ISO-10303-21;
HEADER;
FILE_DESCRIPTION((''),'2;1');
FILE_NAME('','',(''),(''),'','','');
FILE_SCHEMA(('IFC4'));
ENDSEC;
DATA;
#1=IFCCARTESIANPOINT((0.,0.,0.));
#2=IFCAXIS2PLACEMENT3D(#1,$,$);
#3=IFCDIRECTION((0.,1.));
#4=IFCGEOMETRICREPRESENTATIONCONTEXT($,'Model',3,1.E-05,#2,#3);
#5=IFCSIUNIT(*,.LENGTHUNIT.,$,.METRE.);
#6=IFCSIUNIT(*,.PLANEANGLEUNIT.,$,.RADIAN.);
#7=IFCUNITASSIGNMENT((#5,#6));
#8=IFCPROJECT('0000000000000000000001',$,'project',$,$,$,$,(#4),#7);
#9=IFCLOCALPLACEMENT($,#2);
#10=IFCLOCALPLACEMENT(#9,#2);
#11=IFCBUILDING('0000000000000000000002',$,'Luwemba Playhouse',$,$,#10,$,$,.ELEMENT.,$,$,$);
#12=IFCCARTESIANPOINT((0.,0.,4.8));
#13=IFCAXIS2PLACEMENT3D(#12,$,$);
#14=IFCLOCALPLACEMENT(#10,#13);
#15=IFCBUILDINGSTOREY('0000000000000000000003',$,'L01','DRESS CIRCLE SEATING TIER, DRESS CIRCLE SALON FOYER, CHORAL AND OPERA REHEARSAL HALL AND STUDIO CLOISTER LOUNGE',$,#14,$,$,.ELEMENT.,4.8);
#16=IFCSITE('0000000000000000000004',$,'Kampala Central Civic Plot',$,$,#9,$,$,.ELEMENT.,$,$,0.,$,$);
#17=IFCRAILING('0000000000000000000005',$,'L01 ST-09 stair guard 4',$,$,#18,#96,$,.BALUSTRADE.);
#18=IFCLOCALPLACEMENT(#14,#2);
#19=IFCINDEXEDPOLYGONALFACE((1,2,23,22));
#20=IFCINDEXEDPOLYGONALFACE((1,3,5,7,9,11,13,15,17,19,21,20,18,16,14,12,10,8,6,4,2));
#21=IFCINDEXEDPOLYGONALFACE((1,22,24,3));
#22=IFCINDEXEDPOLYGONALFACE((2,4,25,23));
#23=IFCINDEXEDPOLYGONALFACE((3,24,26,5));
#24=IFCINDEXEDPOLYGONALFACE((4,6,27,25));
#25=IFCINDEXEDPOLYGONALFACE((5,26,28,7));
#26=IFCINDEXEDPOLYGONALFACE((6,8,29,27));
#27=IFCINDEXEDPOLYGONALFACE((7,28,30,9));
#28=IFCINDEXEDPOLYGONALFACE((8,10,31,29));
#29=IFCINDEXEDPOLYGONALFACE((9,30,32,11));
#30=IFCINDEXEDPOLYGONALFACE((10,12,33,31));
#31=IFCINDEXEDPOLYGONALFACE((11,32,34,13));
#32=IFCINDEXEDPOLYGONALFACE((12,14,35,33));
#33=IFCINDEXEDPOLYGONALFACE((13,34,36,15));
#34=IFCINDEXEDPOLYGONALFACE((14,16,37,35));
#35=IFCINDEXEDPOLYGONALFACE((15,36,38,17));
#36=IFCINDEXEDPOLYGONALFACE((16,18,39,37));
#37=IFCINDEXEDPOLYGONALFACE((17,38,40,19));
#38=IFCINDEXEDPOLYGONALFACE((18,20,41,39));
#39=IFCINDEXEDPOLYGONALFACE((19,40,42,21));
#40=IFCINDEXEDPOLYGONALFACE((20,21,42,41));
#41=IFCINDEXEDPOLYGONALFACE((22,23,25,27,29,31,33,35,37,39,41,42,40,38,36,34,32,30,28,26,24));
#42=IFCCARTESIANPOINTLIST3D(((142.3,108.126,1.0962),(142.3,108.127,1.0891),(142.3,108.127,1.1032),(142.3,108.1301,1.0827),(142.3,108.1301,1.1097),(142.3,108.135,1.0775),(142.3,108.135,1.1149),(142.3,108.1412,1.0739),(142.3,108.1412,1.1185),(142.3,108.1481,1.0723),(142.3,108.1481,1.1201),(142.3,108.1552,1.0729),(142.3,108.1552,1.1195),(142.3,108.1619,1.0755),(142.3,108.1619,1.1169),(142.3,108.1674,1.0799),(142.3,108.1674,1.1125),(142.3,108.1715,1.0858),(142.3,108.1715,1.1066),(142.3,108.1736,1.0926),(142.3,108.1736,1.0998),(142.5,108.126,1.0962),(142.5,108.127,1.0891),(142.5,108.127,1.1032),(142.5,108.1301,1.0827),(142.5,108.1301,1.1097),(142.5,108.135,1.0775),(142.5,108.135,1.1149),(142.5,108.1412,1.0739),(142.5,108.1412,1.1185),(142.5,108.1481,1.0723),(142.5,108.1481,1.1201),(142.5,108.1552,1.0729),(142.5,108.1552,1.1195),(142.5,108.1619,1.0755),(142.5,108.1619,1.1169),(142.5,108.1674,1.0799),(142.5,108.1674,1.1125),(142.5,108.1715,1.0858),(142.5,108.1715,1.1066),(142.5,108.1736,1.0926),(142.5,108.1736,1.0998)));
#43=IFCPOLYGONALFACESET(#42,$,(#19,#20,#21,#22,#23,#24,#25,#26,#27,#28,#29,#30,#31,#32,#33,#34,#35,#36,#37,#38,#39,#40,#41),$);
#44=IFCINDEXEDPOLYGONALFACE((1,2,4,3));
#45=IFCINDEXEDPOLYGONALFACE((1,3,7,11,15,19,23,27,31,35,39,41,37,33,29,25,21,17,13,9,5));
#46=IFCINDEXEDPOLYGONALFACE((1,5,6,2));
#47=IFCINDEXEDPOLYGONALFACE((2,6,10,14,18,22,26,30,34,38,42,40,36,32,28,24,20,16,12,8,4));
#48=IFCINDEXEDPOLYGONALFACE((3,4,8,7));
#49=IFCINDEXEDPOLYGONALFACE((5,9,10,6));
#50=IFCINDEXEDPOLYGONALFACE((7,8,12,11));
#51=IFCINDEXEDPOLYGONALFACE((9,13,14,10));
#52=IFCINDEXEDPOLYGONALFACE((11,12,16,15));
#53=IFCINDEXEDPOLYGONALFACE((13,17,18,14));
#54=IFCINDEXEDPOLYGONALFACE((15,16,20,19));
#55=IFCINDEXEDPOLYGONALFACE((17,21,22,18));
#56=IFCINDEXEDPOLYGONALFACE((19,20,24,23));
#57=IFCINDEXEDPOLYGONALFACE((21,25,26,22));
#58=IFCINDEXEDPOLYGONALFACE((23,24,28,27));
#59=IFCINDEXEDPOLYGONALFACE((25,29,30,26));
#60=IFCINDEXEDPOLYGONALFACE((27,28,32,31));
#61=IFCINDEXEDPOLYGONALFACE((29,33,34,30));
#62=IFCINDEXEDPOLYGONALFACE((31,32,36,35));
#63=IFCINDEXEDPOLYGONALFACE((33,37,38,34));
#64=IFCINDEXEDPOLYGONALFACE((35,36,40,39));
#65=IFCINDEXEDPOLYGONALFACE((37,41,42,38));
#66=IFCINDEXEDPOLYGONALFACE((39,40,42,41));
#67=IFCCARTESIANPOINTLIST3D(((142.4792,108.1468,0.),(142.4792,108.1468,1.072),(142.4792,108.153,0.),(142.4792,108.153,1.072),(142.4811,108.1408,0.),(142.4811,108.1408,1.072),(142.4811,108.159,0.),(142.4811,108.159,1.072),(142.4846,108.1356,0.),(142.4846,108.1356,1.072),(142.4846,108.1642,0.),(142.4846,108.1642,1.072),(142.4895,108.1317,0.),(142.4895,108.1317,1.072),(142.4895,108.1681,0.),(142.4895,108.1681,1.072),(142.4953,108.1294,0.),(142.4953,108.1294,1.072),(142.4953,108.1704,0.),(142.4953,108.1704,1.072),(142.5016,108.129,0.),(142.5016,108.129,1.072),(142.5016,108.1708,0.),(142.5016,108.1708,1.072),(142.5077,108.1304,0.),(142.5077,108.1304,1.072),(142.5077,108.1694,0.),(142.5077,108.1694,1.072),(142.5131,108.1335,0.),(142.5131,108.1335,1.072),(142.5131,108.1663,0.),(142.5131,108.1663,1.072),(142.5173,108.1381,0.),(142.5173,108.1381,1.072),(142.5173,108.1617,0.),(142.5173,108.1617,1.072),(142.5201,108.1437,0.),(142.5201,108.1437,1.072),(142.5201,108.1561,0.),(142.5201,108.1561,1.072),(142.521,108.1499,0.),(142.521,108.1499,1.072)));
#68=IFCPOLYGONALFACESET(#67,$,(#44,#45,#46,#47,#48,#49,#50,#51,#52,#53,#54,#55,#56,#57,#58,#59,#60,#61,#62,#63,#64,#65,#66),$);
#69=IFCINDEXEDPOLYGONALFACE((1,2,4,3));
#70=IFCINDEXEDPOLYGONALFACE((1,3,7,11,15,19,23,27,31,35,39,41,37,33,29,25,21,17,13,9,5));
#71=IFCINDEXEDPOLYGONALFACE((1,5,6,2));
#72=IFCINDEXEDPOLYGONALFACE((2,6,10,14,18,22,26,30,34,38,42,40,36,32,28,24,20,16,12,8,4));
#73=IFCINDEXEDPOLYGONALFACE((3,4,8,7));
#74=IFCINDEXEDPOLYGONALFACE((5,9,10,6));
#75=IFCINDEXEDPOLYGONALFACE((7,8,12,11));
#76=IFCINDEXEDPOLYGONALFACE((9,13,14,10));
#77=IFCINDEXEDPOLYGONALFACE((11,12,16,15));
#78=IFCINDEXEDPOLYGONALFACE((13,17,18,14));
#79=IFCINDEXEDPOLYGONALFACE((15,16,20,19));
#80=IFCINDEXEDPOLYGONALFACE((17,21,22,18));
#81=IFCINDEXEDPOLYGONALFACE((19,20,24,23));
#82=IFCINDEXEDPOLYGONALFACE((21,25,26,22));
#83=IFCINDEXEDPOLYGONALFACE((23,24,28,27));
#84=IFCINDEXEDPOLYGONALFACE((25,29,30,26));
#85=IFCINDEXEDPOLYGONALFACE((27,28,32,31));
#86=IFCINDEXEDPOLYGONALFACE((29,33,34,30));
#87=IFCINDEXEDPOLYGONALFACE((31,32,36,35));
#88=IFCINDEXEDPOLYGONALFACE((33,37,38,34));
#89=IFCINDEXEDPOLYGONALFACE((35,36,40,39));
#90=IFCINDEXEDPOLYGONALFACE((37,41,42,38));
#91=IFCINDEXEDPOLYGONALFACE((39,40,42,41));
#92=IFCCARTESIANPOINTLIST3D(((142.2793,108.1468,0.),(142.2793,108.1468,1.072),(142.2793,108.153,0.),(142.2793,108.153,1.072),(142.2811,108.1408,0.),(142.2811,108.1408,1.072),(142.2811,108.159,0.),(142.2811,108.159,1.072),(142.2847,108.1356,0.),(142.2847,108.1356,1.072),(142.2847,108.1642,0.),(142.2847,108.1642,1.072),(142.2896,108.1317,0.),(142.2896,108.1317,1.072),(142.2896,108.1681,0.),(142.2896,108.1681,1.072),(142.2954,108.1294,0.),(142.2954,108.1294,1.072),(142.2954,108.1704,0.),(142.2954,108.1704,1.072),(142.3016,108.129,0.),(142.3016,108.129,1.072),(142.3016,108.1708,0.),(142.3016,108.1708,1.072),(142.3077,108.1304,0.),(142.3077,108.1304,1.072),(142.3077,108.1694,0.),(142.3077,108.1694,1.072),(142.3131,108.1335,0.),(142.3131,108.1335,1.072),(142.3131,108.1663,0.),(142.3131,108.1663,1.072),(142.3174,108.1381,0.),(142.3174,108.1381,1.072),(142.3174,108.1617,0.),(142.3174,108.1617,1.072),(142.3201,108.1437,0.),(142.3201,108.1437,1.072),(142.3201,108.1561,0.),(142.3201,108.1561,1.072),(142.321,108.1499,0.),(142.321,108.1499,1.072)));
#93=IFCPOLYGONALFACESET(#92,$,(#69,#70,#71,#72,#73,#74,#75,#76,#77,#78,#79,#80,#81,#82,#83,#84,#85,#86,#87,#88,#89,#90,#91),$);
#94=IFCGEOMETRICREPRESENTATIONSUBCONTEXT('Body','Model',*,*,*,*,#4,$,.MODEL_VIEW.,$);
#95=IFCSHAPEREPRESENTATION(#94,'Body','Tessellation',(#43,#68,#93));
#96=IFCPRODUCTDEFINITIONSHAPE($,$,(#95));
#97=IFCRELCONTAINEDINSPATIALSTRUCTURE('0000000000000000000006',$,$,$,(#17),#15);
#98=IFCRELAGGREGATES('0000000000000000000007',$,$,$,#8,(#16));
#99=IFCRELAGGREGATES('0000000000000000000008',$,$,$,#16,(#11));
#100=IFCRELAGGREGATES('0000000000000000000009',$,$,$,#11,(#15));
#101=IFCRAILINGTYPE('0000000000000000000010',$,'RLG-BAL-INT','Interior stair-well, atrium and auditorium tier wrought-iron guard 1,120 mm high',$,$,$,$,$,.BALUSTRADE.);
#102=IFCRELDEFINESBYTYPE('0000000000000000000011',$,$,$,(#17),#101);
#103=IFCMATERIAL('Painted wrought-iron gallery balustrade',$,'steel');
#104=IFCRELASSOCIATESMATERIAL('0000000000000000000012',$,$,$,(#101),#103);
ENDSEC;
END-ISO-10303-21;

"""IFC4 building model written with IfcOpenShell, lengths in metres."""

from ifc_helpers import new_model, si_unit, direction, frame, origin, origin_2d, place, context, subcontext, project, spatial, circle, extrude, material, type_object, element, save


model = new_model("IFC4")

# Units and contexts
model_context = context("Model", 3, precision=1e-05, world=origin(), true_north=direction((0.0, 1.0)))
body_context = subcontext(model_context, "Body", "Model", "MODEL_VIEW")
ifc_project = project(units=[si_unit("LENGTHUNIT", "METRE"), si_unit("PLANEANGLEUNIT", "RADIAN")], contexts=[model_context])

# Site, building, storey
site_placement = place(None, origin())
site = spatial("IfcSite", under=ifc_project, at=site_placement, Name="Kampala Central Civic Plot", CompositionType="ELEMENT", RefElevation=0.0)
building_placement = place(site_placement, origin())
building = spatial("IfcBuilding", under=site, at=building_placement, Name="Luwemba Playhouse", CompositionType="ELEMENT")
storey_placement = place(building_placement, frame((0.0, 0.0, 4.8)))
storey = spatial("IfcBuildingStorey", under=building, at=storey_placement, Name="L01", Description="DRESS CIRCLE SEATING TIER, DRESS CIRCLE SALON FOYER, CHORAL AND OPERA REHEARSAL HALL AND STUDIO CLOISTER LOUNGE", CompositionType="ELEMENT", Elevation=4.8)

# Railing
ifc_material_1 = material(Name="Painted wrought-iron gallery balustrade", Category="steel")
railing_type_1 = type_object("IfcRailingType", Name="RLG-BAL-INT", Description="Interior stair-well, atrium and auditorium tier wrought-iron guard 1,120 mm high", PredefinedType="BALUSTRADE", material=ifc_material_1)
railing_1_placement = place(storey_placement, frame((142.5, 108.1499, 0.0)))
element("IfcRailing", 1, at=railing_1_placement, inside=storey, type_object=railing_type_1, Name="L01 ST-09 stair guard 4", PredefinedType="BALUSTRADE", context=body_context, shape_type="SweptSolid", body=[
    extrude(circle(Radius=0.0239, at=origin_2d()), frame((0.0, 0.0, 1.0962), z_axis=(-1.0, 0.0, 0.0), x_axis=(0.0, -1.0, 0.0)), (0.0, 0.0, 1.0), 0.2),
    extrude(circle(Radius=0.021, at=origin_2d()), origin(), (0.0, 0.0, 1.0), 1.072),
    extrude(circle(Radius=0.021, at=origin_2d()), frame((-0.2, 0.0, 0.0)), (0.0, 0.0, 1.0), 1.072),
])

save(model, "model.ifc")
